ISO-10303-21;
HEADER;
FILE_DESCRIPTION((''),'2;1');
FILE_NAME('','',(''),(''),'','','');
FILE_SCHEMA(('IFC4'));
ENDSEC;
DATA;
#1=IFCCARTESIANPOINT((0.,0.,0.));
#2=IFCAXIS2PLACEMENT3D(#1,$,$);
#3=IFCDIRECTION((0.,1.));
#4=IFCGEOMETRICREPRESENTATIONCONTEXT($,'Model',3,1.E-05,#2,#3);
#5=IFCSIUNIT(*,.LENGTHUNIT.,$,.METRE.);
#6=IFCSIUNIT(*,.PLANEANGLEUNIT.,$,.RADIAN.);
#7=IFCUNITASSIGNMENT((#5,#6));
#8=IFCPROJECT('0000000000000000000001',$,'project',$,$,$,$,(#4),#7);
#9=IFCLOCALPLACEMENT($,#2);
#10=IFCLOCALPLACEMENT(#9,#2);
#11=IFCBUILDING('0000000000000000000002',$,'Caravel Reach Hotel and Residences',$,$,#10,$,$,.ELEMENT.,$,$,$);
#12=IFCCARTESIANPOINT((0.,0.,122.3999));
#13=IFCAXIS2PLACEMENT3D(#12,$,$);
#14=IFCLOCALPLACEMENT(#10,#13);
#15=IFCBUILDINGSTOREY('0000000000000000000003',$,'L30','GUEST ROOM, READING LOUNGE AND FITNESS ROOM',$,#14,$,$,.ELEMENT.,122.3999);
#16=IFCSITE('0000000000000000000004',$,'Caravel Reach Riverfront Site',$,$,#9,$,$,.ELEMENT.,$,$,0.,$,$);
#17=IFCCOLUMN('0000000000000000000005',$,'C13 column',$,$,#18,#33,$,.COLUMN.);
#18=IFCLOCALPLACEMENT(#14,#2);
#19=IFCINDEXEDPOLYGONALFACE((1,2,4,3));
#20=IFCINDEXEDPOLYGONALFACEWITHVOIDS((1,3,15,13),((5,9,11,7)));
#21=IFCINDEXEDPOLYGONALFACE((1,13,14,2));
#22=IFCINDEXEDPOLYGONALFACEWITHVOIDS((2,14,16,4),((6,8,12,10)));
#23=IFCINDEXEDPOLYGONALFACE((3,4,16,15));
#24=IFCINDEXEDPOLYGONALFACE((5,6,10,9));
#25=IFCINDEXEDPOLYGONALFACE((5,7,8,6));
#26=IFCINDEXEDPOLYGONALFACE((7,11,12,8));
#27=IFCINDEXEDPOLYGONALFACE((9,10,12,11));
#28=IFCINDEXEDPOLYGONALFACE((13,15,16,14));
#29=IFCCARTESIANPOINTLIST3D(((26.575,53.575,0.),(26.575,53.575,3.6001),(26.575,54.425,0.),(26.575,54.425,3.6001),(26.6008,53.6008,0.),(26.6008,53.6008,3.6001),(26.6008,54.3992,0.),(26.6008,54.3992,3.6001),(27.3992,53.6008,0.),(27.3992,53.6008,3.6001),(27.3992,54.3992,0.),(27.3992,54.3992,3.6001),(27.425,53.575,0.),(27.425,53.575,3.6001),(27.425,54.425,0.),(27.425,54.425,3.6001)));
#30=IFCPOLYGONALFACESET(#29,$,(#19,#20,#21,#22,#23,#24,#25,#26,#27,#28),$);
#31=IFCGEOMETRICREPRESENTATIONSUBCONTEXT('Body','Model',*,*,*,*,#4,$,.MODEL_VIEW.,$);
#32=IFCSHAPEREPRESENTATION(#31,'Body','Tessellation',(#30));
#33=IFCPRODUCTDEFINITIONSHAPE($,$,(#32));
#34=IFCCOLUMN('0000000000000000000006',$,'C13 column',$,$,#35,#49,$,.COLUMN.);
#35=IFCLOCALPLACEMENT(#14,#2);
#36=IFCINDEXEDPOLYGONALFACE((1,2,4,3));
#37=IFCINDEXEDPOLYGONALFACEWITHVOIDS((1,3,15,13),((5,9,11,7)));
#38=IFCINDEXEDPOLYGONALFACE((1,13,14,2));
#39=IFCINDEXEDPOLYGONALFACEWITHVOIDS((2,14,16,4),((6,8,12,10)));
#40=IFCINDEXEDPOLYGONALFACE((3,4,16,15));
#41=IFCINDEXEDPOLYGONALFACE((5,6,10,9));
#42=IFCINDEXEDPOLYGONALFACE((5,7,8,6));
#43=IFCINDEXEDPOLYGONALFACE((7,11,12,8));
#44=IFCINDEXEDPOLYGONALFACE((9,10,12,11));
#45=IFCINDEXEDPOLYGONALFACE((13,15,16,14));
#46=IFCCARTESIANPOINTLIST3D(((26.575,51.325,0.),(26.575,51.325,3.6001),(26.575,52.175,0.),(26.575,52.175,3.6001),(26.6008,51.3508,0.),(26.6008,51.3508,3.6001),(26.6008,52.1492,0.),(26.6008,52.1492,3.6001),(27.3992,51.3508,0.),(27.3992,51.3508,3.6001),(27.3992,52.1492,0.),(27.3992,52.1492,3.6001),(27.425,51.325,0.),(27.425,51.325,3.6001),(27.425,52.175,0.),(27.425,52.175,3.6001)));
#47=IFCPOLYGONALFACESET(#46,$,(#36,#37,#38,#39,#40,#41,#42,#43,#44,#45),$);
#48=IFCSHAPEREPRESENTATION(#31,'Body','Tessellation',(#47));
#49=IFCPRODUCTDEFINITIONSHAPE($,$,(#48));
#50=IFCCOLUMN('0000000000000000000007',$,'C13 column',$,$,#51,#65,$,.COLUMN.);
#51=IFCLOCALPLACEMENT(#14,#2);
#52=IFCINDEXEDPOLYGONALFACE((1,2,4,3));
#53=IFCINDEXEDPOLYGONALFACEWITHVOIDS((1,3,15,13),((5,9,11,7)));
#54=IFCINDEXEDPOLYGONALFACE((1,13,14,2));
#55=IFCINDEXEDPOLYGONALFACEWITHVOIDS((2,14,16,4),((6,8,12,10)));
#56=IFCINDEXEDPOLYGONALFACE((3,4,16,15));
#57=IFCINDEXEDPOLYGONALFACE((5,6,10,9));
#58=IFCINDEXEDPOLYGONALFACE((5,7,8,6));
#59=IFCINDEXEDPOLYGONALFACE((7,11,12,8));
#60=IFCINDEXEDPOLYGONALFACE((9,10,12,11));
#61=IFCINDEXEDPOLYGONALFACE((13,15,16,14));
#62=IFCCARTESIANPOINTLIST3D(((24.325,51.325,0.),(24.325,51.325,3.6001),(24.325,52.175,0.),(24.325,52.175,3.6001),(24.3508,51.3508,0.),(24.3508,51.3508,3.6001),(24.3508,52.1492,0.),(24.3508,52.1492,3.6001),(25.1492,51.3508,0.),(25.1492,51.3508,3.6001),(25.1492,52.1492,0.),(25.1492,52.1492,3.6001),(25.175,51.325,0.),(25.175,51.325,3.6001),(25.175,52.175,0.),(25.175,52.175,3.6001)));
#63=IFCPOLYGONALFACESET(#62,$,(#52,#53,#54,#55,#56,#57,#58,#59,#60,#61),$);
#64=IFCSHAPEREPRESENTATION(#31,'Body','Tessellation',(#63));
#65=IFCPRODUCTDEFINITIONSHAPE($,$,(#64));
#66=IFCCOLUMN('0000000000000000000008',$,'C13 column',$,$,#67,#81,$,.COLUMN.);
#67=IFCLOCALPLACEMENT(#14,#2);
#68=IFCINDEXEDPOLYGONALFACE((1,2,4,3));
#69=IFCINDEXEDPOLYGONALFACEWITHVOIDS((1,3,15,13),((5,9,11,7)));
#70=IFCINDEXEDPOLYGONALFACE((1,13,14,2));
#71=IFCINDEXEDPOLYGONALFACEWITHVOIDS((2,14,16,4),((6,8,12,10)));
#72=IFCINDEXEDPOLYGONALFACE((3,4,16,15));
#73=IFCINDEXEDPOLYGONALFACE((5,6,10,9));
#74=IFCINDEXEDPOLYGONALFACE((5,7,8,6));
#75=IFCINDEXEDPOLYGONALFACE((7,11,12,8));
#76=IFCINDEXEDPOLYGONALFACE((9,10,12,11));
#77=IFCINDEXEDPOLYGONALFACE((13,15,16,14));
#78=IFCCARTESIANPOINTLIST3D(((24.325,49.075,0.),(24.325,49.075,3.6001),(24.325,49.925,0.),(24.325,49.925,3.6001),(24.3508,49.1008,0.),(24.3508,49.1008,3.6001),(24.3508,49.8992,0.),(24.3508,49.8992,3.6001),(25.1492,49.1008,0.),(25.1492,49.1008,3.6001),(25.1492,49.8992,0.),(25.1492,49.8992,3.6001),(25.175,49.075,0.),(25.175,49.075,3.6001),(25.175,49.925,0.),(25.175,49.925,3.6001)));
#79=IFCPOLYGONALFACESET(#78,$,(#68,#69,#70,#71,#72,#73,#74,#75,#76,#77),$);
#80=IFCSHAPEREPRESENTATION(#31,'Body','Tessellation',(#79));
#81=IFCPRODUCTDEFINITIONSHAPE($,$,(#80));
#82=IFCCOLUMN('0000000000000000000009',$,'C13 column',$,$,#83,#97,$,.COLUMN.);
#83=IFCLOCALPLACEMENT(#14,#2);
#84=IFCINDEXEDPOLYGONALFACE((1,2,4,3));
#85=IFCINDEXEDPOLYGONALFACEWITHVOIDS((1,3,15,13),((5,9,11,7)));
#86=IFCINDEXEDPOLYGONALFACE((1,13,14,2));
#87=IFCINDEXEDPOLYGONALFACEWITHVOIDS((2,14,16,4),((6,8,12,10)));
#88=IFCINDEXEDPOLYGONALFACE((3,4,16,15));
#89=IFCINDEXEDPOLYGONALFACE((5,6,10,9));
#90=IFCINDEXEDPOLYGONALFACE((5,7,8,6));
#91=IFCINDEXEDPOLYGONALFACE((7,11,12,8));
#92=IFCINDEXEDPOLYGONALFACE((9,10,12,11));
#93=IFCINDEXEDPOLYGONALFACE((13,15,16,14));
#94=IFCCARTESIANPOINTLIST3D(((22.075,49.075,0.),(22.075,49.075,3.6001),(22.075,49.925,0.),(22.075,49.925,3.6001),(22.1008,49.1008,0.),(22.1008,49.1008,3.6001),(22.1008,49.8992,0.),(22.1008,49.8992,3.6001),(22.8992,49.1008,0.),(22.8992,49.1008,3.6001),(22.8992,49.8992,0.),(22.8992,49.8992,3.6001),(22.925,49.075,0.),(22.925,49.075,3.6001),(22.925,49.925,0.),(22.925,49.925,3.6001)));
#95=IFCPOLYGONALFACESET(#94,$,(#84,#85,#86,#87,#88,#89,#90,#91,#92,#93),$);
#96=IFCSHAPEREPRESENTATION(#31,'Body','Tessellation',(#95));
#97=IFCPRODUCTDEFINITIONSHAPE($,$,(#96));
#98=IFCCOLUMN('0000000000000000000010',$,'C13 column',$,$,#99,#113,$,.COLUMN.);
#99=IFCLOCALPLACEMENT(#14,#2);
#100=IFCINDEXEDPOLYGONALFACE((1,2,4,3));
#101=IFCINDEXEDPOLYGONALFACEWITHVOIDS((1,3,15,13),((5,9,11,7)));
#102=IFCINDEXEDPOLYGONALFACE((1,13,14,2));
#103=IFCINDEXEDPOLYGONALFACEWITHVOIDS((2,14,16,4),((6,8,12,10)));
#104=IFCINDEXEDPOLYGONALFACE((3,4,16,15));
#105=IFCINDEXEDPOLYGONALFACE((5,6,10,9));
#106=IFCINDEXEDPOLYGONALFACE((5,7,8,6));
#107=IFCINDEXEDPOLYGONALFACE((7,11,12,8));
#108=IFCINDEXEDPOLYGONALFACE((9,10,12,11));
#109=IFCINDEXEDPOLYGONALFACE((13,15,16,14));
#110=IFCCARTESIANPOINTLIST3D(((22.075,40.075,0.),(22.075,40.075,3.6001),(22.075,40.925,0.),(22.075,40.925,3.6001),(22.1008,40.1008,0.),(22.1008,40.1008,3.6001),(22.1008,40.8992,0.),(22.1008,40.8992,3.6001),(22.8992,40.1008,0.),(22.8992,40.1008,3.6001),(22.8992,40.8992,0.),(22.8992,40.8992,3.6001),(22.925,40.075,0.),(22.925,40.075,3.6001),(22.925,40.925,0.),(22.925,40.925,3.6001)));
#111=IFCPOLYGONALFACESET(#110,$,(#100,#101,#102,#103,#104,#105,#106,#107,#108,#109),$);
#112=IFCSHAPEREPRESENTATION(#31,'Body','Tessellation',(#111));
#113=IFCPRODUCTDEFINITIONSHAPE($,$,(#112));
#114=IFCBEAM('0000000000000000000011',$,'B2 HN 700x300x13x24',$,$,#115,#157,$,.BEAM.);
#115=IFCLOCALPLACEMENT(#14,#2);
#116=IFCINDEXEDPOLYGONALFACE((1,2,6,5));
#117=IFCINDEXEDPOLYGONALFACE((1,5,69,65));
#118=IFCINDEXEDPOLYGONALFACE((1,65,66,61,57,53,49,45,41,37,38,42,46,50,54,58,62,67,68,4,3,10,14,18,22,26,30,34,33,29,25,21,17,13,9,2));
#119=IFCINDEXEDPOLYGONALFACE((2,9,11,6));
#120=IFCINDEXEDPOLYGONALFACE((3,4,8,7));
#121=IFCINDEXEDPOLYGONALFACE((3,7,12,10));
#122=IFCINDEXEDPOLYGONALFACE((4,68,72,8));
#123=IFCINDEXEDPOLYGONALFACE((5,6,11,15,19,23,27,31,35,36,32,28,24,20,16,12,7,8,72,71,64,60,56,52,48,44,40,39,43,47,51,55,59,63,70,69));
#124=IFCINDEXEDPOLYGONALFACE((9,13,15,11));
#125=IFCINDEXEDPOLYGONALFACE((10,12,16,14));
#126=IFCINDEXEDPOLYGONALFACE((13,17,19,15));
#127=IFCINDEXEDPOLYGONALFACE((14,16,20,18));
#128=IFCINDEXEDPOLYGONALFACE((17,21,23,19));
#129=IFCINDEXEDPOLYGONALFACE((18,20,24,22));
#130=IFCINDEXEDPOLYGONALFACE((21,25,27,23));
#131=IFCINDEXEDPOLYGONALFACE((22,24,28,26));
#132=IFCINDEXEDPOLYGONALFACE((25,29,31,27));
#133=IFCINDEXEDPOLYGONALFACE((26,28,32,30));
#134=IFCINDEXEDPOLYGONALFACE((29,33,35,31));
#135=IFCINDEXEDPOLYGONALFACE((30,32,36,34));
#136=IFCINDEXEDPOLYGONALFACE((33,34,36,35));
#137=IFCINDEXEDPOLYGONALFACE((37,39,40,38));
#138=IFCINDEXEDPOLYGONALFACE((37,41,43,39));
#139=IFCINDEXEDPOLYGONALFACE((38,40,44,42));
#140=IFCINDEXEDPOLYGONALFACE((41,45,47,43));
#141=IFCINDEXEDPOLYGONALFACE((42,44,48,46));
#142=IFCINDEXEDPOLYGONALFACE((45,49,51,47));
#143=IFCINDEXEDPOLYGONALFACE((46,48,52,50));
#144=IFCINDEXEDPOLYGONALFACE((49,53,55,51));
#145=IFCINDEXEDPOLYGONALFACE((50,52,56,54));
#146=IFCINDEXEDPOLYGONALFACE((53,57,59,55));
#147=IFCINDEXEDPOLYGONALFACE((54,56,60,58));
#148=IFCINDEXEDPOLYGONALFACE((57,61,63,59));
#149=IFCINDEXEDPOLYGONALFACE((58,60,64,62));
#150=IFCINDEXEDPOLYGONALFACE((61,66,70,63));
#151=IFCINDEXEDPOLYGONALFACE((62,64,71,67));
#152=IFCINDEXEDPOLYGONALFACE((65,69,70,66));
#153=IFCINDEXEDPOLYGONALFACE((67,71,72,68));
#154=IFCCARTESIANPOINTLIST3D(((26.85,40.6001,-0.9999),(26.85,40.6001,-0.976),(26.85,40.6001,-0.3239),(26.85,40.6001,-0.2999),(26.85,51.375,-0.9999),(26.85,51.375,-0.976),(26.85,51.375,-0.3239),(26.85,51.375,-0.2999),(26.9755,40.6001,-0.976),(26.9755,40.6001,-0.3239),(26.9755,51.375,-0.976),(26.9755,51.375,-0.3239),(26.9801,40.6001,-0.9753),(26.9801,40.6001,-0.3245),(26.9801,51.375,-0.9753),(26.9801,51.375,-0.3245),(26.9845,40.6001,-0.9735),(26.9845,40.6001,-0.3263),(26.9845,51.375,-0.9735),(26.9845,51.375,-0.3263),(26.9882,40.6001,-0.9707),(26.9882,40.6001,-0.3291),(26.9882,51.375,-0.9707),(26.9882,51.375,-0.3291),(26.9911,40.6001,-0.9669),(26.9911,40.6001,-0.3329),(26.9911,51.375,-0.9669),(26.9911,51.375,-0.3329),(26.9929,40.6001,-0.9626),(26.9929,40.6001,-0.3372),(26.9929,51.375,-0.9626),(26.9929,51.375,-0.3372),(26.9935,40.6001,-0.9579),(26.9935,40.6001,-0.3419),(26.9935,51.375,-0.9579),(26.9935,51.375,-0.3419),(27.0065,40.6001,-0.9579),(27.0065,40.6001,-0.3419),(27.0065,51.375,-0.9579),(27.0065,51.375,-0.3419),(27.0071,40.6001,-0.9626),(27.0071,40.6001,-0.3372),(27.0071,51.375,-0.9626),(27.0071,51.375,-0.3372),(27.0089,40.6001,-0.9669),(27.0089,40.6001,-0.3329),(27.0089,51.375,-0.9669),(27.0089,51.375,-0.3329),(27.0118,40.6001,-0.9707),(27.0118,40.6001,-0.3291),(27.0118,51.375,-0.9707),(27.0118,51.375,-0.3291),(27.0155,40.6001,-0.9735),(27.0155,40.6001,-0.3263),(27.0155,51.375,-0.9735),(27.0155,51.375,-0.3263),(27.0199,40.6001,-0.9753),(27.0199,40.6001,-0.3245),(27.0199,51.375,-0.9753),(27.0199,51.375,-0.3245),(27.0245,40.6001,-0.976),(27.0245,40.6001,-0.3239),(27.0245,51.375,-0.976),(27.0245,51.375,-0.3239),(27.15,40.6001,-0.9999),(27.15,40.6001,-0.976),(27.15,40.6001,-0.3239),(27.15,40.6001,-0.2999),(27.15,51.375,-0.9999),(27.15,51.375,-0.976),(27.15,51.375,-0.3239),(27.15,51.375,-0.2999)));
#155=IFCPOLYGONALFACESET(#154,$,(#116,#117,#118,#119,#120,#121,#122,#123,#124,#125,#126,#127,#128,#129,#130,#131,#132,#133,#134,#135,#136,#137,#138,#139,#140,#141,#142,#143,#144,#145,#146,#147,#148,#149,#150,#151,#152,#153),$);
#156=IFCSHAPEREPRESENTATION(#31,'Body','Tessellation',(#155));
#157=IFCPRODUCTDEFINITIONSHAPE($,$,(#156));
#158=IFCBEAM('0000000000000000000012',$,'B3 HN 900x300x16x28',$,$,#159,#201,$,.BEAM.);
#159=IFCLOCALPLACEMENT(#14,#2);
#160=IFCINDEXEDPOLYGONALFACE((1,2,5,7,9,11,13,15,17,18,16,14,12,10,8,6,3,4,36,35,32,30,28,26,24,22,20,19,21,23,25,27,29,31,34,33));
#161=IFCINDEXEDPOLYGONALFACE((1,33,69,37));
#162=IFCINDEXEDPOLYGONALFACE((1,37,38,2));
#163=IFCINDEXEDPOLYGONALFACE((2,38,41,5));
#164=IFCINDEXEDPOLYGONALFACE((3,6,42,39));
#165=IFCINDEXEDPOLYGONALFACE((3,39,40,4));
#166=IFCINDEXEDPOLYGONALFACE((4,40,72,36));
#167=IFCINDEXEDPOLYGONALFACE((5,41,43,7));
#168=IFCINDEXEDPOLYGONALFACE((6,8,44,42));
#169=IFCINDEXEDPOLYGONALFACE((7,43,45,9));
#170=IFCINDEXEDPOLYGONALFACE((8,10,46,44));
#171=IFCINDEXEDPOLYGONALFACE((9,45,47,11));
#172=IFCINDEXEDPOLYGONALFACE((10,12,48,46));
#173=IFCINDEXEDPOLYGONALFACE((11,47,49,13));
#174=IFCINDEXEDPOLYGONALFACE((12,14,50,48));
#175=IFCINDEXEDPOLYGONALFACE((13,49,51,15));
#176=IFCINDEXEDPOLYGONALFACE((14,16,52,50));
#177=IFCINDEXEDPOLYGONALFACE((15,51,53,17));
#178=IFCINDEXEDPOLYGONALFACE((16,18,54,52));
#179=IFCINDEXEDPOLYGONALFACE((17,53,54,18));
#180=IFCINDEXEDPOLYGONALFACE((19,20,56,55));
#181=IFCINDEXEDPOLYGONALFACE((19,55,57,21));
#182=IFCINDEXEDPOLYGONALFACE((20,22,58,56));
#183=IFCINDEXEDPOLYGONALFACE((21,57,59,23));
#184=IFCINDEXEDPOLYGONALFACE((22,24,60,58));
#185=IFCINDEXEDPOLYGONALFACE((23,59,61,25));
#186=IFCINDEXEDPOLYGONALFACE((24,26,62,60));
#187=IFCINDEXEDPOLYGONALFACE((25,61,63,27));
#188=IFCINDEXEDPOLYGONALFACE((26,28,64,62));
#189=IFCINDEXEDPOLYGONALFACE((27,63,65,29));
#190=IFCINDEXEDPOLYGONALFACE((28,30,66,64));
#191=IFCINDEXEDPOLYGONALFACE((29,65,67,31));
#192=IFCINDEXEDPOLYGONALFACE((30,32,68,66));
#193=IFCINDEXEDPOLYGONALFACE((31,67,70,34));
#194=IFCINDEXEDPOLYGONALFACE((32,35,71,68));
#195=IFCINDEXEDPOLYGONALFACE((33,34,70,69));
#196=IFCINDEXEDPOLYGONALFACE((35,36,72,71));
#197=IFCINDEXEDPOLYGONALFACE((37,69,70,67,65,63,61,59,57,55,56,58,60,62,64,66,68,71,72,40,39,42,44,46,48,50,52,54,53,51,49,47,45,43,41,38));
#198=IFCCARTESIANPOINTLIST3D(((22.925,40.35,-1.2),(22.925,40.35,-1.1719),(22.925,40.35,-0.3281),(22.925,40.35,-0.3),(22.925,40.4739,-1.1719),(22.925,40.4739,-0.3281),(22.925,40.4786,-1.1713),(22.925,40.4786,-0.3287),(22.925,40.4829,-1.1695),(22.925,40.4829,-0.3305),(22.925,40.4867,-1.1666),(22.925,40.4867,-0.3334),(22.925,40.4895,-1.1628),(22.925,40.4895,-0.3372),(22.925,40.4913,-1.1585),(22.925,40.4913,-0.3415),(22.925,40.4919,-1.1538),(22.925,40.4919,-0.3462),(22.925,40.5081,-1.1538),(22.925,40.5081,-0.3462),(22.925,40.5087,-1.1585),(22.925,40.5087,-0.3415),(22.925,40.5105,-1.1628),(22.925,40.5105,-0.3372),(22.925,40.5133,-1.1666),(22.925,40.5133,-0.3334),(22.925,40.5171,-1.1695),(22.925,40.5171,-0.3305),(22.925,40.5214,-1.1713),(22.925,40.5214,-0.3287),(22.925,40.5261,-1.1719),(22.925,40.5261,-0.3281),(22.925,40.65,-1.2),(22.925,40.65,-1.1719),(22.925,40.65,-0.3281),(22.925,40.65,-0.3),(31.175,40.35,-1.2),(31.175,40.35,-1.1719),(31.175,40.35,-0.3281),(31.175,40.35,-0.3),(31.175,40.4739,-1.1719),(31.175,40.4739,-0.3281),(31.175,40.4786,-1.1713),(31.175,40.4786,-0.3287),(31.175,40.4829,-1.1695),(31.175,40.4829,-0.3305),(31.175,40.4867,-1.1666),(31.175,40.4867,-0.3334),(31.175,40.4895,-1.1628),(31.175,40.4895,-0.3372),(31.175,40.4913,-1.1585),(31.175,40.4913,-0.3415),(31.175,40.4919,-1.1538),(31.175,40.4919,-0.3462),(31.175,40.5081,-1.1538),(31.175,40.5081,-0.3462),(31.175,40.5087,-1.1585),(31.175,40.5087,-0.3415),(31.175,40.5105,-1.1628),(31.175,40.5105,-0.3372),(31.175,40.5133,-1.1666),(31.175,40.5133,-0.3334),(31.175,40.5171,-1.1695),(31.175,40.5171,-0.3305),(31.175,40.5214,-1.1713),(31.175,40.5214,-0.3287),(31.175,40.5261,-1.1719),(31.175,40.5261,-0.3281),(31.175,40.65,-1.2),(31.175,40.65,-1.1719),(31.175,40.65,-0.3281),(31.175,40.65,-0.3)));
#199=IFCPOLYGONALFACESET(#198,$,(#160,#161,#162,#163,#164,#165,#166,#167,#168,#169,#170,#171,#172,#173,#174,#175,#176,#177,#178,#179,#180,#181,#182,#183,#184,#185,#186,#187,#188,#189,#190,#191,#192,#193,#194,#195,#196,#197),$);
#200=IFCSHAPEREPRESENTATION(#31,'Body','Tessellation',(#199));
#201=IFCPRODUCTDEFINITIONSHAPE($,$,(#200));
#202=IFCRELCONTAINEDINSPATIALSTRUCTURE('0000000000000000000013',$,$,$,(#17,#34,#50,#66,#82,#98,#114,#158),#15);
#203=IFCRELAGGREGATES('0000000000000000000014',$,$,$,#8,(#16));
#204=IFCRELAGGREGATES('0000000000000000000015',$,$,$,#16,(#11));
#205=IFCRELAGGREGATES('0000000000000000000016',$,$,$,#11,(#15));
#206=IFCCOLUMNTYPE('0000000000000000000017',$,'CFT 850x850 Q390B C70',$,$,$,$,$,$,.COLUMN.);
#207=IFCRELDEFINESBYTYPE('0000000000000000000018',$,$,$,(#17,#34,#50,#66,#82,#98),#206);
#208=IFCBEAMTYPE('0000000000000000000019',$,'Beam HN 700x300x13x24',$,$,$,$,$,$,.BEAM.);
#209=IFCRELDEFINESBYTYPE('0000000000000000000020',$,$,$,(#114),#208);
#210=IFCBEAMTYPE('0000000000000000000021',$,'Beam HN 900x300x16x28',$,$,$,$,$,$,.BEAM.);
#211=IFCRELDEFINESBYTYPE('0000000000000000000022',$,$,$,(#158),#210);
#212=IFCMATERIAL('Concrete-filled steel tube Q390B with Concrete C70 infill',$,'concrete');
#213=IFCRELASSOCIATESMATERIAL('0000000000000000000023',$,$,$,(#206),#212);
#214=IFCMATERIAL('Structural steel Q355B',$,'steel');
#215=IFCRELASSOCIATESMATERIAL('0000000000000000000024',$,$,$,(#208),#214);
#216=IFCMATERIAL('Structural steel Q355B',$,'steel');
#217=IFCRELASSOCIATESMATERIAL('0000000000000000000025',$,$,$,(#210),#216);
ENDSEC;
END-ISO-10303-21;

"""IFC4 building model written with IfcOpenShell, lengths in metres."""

from ifc_helpers import new_model, si_unit, direction, frame, origin, origin_2d, place, context, subcontext, project, spatial, hollow_rectangle, i_section, extrude, material, material_profile, profile_set, type_object, element, save


model = new_model("IFC4")

# Units and contexts
model_context = context("Model", 3, precision=1e-05, world=origin(), true_north=direction((0.0, 1.0)))
body_context = subcontext(model_context, "Body", "Model", "MODEL_VIEW")
ifc_project = project(units=[si_unit("LENGTHUNIT", "METRE"), si_unit("PLANEANGLEUNIT", "RADIAN")], contexts=[model_context])

# Site, building, storey
site_placement = place(None, origin())
site = spatial("IfcSite", under=ifc_project, at=site_placement, Name="Caravel Reach Riverfront Site", CompositionType="ELEMENT", RefElevation=0.0)
building_placement = place(site_placement, origin())
building = spatial("IfcBuilding", under=site, at=building_placement, Name="Caravel Reach Hotel and Residences", CompositionType="ELEMENT")
storey_placement = place(building_placement, frame((0.0, 0.0, 122.3999)))
storey = spatial("IfcBuildingStorey", under=building, at=storey_placement, Name="L30", Description="GUEST ROOM, READING LOUNGE AND FITNESS ROOM", CompositionType="ELEMENT", Elevation=122.3999)

# Columns
ifc_material_1 = material(Name="Concrete-filled steel tube Q390B with Concrete C70 infill", Category="concrete")
ifc_material_profile_1 = material_profile(ifc_material_1, hollow_rectangle(XDim=0.8501, YDim=0.8501, WallThickness=0.0259, at=origin_2d()), Name="RHS 850x850x26")
ifc_profile_set_1 = profile_set([ifc_material_profile_1], Name="Concrete-filled steel tube Q390B with Concrete C70 infill")
column_type = type_object("IfcColumnType", Name="CFT 850x850 Q390B C70", PredefinedType="COLUMN", material=ifc_profile_set_1)
for number, where, z_axis, x_axis, name in (
    (1, (27.0, 54.0, 0.0), (0.0, 0.0, 1.0), (1.0, 0.0, 0.0), "C13 column"),
    (2, (27.0, 51.75, 0.0), (0.0, 0.0, 1.0), (1.0, 0.0, 0.0), "C13 column"),
    (3, (24.75, 51.75, 0.0), (0.0, 0.0, 1.0), (1.0, 0.0, 0.0), "C13 column"),
    (4, (24.75, 49.5, 0.0), (0.0, 0.0, 1.0), (1.0, 0.0, 0.0), "C13 column"),
    (5, (22.5, 49.5, 0.0), (0.0, 0.0, 1.0), (1.0, 0.0, 0.0), "C13 column"),
    (6, (22.5, 40.5, 0.0), (0.0, 0.0, 1.0), (1.0, 0.0, 0.0), "C13 column"),
):
    element("IfcColumn", number, at=place(storey_placement, frame(where, z_axis=z_axis, x_axis=x_axis)), inside=storey, type_object=column_type, Name=name, PredefinedType="COLUMN", context=body_context, shape_type="SweptSolid", body=[
        extrude(hollow_rectangle(XDim=0.8501, YDim=0.8501, WallThickness=0.0259, at=origin_2d()), origin(), (0.0, 0.0, 1.0), 3.6001),
    ])

# Beams
ifc_material_2 = material(Name="Structural steel Q355B", Category="steel")
ifc_material_profile_2 = material_profile(ifc_material_2, i_section(OverallWidth=0.3, OverallDepth=0.7, WebThickness=0.0129, FlangeThickness=0.0239, FilletRadius=0.0181, at=origin_2d()), Name="HN 700x300x13x24")
ifc_profile_set_2 = profile_set([ifc_material_profile_2], Name="Structural steel Q355B")
beam_type_1 = type_object("IfcBeamType", Name="Beam HN 700x300x13x24", PredefinedType="BEAM", material=ifc_profile_set_2)
beam_1_placement = place(storey_placement, frame((27.0, 40.6001, -0.6499), z_axis=(0.0, 1.0, 0.0), x_axis=(-1.0, 0.0, 0.0)))
element("IfcBeam", 7, at=beam_1_placement, inside=storey, type_object=beam_type_1, Name="B2 HN 700x300x13x24", PredefinedType="BEAM", context=body_context, shape_type="SweptSolid", body=[
    extrude(i_section(OverallWidth=0.3, OverallDepth=0.7, WebThickness=0.0129, FlangeThickness=0.0239, FilletRadius=0.0181, at=origin_2d()), origin(), (0.0, 0.0, 1.0), 10.7749),
])
ifc_material_3 = material(Name="Structural steel Q355B", Category="steel")
ifc_material_profile_3 = material_profile(ifc_material_3, i_section(OverallWidth=0.3, OverallDepth=0.8999, WebThickness=0.0161, FlangeThickness=0.0281, FilletRadius=0.0181, at=origin_2d()), Name="HN 900x300x16x28")
ifc_profile_set_3 = profile_set([ifc_material_profile_3], Name="Structural steel Q355B")
beam_type_2 = type_object("IfcBeamType", Name="Beam HN 900x300x16x28", PredefinedType="BEAM", material=ifc_profile_set_3)
beam_2_placement = place(storey_placement, frame((22.925, 40.5, -0.75), z_axis=(1.0, 0.0, 0.0), x_axis=(0.0, 1.0, 0.0)))
element("IfcBeam", 8, at=beam_2_placement, inside=storey, type_object=beam_type_2, Name="B3 HN 900x300x16x28", PredefinedType="BEAM", context=body_context, shape_type="SweptSolid", body=[
    extrude(i_section(OverallWidth=0.3, OverallDepth=0.8999, WebThickness=0.0161, FlangeThickness=0.0281, FilletRadius=0.0181, at=origin_2d()), origin(), (0.0, 0.0, 1.0), 8.25),
])

save(model, "model.ifc")
